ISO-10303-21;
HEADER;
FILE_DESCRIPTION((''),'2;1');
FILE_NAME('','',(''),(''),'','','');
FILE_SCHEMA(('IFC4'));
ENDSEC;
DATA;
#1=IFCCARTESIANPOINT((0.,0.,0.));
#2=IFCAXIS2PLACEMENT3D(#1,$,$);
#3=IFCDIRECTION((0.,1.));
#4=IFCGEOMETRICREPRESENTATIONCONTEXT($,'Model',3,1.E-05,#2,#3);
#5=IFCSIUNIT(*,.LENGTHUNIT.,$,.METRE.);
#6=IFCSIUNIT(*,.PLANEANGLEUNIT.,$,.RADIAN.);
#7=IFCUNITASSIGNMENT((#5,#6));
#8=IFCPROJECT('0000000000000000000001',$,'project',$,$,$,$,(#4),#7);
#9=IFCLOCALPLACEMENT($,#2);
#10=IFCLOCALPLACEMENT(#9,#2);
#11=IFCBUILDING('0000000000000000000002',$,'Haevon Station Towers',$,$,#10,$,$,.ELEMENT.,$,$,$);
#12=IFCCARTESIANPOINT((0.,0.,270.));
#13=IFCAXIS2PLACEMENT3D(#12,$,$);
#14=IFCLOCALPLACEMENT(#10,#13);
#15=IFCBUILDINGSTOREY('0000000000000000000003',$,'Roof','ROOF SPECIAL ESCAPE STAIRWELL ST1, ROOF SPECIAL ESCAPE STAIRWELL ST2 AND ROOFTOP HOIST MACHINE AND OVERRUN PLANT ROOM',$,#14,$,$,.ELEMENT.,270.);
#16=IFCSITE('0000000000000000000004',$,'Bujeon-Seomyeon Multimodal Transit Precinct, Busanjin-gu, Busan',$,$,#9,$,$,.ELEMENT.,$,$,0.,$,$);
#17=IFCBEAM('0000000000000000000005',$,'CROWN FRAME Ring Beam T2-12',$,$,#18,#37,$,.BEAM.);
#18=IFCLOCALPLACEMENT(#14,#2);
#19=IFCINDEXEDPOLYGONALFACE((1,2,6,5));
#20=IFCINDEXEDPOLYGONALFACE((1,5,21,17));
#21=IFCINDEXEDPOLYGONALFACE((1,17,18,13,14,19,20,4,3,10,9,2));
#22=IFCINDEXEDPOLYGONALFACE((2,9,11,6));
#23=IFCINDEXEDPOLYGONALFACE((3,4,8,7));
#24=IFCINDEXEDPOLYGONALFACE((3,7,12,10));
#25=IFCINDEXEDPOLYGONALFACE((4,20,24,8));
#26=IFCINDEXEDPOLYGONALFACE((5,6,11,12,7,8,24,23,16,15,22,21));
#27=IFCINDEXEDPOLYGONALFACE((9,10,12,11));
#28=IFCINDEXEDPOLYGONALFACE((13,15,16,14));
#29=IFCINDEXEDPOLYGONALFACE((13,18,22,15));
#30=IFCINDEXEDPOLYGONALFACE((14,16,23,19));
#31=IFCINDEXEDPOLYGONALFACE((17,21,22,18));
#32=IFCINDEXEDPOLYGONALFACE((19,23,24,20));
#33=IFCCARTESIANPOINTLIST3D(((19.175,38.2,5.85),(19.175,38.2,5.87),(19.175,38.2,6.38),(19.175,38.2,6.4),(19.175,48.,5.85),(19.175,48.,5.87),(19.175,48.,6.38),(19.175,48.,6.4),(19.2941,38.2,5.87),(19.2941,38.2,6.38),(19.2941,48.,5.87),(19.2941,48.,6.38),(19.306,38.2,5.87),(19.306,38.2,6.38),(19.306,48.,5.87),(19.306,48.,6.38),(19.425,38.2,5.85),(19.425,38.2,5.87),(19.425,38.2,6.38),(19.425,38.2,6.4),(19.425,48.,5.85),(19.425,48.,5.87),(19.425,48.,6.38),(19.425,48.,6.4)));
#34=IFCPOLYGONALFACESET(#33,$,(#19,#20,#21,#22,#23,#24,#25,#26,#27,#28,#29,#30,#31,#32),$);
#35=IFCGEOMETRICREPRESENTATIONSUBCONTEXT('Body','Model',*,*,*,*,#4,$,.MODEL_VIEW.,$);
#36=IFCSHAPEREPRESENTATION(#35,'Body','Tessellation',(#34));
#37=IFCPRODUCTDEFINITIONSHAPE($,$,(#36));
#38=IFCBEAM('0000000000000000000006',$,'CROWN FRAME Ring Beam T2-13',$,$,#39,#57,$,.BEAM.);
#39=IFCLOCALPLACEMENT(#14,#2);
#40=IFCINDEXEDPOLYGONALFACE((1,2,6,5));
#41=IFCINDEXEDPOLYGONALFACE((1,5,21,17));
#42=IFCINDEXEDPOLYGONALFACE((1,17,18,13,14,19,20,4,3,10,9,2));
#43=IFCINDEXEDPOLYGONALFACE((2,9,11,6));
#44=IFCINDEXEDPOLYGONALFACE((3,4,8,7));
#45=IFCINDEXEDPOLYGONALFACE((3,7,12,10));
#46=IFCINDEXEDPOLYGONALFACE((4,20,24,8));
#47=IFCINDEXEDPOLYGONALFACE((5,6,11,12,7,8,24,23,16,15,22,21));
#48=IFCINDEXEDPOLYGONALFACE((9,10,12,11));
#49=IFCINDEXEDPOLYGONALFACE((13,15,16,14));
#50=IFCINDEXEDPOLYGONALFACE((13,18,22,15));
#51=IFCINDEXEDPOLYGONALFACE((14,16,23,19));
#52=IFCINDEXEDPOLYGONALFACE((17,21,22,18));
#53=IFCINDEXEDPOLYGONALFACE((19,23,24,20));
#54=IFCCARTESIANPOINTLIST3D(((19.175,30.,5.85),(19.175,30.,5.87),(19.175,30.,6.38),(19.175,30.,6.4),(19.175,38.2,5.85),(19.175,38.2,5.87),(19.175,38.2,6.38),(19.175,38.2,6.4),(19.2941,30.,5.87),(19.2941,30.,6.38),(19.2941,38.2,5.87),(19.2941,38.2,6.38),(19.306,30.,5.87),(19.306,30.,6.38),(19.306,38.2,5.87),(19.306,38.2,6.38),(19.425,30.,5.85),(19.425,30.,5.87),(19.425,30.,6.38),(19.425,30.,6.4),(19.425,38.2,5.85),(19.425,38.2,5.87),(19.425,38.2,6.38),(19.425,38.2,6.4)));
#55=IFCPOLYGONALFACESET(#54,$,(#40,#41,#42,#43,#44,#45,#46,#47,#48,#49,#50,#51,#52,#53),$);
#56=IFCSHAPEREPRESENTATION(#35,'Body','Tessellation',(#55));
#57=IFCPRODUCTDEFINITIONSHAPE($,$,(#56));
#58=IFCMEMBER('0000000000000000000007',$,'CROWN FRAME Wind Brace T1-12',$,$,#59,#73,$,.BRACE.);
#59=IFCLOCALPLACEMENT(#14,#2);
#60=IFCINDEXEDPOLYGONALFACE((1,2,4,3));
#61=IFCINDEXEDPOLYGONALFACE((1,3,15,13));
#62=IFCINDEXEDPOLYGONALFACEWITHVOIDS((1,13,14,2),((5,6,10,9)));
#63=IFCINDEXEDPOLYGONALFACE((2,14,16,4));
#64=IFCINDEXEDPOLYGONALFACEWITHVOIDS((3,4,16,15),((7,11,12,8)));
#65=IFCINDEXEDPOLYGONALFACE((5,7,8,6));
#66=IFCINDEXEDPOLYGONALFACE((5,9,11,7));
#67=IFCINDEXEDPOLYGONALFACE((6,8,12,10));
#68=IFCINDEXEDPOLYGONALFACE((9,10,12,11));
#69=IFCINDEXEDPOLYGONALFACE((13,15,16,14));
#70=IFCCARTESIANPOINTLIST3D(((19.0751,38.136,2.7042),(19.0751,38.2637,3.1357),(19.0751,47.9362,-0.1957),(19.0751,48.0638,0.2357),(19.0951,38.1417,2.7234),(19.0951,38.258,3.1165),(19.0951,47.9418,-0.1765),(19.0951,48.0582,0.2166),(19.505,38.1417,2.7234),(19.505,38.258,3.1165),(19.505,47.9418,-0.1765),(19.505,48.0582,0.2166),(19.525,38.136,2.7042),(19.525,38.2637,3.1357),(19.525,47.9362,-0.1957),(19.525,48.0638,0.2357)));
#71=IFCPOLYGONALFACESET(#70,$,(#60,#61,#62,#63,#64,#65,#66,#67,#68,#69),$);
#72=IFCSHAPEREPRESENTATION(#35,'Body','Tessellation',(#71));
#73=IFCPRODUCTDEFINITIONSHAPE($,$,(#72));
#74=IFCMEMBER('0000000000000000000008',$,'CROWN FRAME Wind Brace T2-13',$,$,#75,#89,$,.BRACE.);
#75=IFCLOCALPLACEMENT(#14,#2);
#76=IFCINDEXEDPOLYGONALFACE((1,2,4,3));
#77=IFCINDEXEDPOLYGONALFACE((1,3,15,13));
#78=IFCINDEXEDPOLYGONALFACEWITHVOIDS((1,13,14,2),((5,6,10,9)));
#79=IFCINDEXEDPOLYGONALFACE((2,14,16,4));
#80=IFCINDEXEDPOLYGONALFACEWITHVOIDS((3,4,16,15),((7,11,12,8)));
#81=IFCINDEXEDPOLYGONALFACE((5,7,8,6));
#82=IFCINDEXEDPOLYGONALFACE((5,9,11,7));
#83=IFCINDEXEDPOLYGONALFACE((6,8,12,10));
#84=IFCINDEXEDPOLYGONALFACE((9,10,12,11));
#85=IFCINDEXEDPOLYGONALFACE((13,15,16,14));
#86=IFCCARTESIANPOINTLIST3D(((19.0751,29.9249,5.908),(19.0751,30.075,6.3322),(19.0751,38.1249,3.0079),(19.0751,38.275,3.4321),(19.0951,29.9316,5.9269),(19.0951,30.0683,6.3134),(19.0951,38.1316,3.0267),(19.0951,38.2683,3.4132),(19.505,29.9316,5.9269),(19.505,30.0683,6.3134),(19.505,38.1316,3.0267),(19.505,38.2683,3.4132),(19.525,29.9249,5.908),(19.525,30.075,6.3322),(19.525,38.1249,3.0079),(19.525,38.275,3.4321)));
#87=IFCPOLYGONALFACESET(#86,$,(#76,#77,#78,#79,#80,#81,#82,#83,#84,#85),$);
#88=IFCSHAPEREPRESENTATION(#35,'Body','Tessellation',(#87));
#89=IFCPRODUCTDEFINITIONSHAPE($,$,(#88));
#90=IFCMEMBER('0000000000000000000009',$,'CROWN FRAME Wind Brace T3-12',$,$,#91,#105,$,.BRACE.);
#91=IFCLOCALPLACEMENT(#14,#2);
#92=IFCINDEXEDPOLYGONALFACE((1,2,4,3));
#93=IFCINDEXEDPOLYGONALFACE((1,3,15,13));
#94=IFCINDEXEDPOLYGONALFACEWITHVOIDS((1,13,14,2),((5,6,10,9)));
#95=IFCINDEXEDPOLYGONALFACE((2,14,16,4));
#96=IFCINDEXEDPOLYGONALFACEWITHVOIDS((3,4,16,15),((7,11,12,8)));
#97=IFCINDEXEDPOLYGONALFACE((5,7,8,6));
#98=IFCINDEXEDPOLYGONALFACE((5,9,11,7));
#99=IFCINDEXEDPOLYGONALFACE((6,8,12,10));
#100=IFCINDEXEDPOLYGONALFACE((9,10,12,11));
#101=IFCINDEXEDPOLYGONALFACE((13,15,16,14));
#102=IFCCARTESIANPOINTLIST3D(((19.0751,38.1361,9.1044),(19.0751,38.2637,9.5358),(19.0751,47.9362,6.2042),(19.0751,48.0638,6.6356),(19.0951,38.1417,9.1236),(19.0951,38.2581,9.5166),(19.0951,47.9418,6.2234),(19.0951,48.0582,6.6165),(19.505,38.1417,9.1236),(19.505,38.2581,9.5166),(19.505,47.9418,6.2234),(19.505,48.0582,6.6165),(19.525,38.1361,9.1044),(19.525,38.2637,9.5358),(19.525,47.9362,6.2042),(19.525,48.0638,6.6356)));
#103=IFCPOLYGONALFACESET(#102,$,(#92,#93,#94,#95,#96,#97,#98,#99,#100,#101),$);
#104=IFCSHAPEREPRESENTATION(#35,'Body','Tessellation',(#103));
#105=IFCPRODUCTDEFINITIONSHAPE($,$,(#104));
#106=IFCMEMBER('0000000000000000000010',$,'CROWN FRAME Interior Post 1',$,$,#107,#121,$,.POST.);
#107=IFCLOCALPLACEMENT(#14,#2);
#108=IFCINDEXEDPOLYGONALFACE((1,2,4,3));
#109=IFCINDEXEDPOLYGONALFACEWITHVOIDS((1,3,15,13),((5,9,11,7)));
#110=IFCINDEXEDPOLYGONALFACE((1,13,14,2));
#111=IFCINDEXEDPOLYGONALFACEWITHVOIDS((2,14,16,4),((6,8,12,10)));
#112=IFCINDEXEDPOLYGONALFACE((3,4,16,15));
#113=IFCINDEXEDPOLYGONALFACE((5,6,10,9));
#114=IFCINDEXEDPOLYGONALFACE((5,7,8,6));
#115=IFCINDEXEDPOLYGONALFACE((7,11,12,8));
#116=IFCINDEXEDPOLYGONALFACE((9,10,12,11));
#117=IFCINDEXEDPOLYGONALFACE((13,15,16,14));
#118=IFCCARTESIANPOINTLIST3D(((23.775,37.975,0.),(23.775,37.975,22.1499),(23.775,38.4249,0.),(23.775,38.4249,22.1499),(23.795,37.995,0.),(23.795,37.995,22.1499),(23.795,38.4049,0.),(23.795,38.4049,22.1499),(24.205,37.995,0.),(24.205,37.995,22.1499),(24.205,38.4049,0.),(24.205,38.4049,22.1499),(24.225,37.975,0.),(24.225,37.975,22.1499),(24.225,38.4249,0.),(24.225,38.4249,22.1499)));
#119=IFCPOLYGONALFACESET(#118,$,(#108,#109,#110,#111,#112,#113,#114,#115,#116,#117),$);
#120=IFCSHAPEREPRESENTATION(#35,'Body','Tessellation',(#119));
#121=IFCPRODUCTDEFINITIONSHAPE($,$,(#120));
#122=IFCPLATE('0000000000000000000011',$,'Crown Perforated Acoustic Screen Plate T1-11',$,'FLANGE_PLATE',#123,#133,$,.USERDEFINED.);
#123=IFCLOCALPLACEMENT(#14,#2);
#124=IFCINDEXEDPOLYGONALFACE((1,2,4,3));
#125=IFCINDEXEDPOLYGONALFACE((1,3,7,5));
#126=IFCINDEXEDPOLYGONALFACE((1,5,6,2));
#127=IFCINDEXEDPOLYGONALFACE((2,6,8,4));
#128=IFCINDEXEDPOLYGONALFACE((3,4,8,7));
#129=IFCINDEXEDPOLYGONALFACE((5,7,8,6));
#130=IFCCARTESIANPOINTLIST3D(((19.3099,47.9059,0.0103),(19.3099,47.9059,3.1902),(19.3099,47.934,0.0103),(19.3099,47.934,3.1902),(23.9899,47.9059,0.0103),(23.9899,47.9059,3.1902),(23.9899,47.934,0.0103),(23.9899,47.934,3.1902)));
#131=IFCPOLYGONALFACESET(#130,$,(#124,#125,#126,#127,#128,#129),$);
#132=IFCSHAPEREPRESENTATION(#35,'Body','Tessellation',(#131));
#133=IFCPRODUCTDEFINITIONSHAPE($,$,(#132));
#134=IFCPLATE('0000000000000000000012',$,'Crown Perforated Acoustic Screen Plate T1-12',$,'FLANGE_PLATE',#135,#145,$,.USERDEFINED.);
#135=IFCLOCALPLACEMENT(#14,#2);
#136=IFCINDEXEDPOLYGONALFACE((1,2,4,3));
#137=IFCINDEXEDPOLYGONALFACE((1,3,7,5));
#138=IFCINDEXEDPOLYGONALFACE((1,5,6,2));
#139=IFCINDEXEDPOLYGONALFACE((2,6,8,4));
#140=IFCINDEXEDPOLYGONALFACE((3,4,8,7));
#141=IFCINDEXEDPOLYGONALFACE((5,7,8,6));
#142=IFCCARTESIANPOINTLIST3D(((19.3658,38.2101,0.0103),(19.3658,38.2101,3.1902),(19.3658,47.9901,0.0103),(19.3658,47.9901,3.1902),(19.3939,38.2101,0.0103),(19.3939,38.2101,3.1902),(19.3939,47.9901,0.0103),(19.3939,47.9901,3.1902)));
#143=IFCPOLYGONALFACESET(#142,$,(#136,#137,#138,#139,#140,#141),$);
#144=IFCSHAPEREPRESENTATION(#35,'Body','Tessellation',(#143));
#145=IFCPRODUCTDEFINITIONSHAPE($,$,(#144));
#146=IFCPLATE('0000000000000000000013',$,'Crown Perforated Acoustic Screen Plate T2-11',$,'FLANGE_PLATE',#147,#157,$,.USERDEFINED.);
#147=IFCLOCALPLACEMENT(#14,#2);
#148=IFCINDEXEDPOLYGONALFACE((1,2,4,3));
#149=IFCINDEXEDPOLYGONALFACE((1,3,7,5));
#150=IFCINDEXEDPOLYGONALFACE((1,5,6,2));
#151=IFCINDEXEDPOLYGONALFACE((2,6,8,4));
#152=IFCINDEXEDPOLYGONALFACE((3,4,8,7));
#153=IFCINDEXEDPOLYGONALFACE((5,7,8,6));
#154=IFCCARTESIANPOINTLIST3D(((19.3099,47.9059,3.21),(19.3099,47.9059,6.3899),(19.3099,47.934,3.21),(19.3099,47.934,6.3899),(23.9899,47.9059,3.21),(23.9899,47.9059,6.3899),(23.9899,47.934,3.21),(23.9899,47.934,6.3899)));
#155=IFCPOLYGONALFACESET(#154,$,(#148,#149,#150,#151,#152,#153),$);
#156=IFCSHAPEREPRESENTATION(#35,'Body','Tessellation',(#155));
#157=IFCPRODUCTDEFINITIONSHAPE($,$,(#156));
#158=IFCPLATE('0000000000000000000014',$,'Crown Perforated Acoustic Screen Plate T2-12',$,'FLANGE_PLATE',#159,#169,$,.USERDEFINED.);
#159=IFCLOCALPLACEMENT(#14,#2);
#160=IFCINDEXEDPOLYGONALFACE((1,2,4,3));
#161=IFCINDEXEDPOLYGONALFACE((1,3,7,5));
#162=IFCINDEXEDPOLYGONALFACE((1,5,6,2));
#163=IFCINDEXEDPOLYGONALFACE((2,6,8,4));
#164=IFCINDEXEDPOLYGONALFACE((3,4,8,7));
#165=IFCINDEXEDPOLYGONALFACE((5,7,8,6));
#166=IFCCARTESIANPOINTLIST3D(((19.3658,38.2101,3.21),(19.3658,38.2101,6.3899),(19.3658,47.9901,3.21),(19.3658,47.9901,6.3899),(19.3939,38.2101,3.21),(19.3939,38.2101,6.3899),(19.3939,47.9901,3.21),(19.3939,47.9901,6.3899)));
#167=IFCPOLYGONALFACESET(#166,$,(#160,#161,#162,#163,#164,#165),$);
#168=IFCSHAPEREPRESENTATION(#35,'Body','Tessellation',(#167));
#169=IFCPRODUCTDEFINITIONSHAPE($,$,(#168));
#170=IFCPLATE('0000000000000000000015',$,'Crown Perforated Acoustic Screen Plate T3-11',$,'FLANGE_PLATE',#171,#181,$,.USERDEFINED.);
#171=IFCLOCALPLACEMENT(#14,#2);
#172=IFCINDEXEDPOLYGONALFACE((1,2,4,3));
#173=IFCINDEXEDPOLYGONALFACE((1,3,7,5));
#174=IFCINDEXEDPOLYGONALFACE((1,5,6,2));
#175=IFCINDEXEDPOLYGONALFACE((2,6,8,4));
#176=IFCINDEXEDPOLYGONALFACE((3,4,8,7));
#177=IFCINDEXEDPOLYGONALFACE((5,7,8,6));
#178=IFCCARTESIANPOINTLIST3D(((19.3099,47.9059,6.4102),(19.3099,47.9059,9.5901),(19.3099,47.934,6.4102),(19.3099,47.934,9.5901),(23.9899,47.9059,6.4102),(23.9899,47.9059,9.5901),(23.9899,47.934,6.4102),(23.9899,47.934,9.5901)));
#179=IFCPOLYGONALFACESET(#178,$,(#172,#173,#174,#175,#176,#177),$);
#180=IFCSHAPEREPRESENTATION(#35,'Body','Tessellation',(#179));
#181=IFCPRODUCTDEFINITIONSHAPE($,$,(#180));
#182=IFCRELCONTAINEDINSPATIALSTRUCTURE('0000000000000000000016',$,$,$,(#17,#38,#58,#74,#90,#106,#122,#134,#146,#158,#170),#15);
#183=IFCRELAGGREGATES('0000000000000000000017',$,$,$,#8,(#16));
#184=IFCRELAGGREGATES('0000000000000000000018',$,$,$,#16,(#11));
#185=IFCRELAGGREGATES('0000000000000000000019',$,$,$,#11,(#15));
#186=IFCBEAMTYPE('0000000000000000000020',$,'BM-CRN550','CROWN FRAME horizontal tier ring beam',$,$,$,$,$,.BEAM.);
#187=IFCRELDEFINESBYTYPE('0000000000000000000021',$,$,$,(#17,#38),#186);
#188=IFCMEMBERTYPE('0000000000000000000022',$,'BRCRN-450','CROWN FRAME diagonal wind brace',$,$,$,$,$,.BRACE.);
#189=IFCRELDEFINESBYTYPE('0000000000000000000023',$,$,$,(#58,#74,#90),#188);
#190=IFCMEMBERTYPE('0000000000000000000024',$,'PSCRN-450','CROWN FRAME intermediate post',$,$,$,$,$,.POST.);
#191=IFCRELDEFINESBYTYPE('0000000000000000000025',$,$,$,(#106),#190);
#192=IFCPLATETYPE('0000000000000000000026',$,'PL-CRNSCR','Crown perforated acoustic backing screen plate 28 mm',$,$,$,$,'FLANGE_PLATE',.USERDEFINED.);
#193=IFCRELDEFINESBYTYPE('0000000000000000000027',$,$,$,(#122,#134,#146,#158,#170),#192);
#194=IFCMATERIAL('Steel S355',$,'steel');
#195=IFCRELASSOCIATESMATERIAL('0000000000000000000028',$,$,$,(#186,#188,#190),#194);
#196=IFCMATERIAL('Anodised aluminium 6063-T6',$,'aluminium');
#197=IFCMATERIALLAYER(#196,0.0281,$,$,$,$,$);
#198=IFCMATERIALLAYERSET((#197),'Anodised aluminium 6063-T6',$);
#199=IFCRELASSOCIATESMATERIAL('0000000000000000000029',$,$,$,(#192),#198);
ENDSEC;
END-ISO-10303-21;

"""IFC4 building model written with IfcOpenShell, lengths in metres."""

from ifc_helpers import new_model, si_unit, direction, frame, origin, origin_2d, place, context, subcontext, project, spatial, rectangle, hollow_rectangle, i_section, extrude, material, layer, layer_set, material_profile, profile_set, type_object, element, save


model = new_model("IFC4")

# Units and contexts
model_context = context("Model", 3, precision=1e-05, world=origin(), true_north=direction((0.0, 1.0)))
body_context = subcontext(model_context, "Body", "Model", "MODEL_VIEW")
ifc_project = project(units=[si_unit("LENGTHUNIT", "METRE"), si_unit("PLANEANGLEUNIT", "RADIAN")], contexts=[model_context])

# Site, building, storey
site_placement = place(None, origin())
site = spatial("IfcSite", under=ifc_project, at=site_placement, Name="Bujeon-Seomyeon Multimodal Transit Precinct, Busanjin-gu, Busan", CompositionType="ELEMENT", RefElevation=0.0)
building_placement = place(site_placement, origin())
building = spatial("IfcBuilding", under=site, at=building_placement, Name="Haevon Station Towers", CompositionType="ELEMENT")
storey_placement = place(building_placement, frame((0.0, 0.0, 270.0)))
storey = spatial("IfcBuildingStorey", under=building, at=storey_placement, Name="Roof", Description="ROOF SPECIAL ESCAPE STAIRWELL ST1, ROOF SPECIAL ESCAPE STAIRWELL ST2 AND ROOFTOP HOIST MACHINE AND OVERRUN PLANT ROOM", CompositionType="ELEMENT", Elevation=270.0)

# Shared definitions
ifc_material_1 = material(Name="Steel S355", Category="steel")

# Beams
ifc_material_profile_1 = material_profile(ifc_material_1, i_section(OverallWidth=0.25, OverallDepth=0.55, WebThickness=0.012, FlangeThickness=0.02, at=origin_2d()), Name="H-550x250x12x20")
ifc_profile_set_1 = profile_set([ifc_material_profile_1], Name="Steel S355")
beam_type = type_object("IfcBeamType", Name="BM-CRN550", Description="CROWN FRAME horizontal tier ring beam", PredefinedType="BEAM", material=ifc_profile_set_1)
beam_1_placement = place(storey_placement, frame((19.3, 48.0, 6.125), z_axis=(0.0, -1.0, 0.0), x_axis=(1.0, 0.0, 0.0)))
element("IfcBeam", 1, at=beam_1_placement, inside=storey, type_object=beam_type, Name="CROWN FRAME Ring Beam T2-12", PredefinedType="BEAM", context=body_context, shape_type="SweptSolid", body=[
    extrude(i_section(OverallWidth=0.25, OverallDepth=0.55, WebThickness=0.012, FlangeThickness=0.02, at=origin_2d()), origin(), (0.0, 0.0, 1.0), 9.8),
])
beam_2_placement = place(storey_placement, frame((19.3, 38.2, 6.125), z_axis=(0.0, -1.0, 0.0), x_axis=(1.0, 0.0, 0.0)))
element("IfcBeam", 2, at=beam_2_placement, inside=storey, type_object=beam_type, Name="CROWN FRAME Ring Beam T2-13", PredefinedType="BEAM", context=body_context, shape_type="SweptSolid", body=[
    extrude(i_section(OverallWidth=0.25, OverallDepth=0.55, WebThickness=0.012, FlangeThickness=0.02, at=origin_2d()), origin(), (0.0, 0.0, 1.0), 8.2),
])

# Members
ifc_material_profile_2 = material_profile(ifc_material_1, hollow_rectangle(XDim=0.45, YDim=0.45, WallThickness=0.02, at=origin_2d()), Name="RHS-450x450x20")
ifc_profile_set_2 = profile_set([ifc_material_profile_2], Name="Steel S355")
member_type_1 = type_object("IfcMemberType", Name="BRCRN-450", Description="CROWN FRAME diagonal wind brace", PredefinedType="BRACE", material=ifc_profile_set_2)
member_1_placement = place(storey_placement, frame((19.3, 48.0, 0.02), z_axis=(0.0, -0.9589, 0.283745), x_axis=(1.0, 0.0, 0.0)))
element("IfcMember", 3, at=member_1_placement, inside=storey, type_object=member_type_1, Name="CROWN FRAME Wind Brace T1-12", PredefinedType="BRACE", context=body_context, shape_type="SweptSolid", body=[
    extrude(hollow_rectangle(XDim=0.45, YDim=0.45, WallThickness=0.02, at=origin_2d()), origin(), (0.0, 0.0, 1.0), 10.2202),
])
member_2_placement = place(storey_placement, frame((19.3, 38.2, 3.22), z_axis=(0.0, -0.942772, 0.333438), x_axis=(1.0, 0.0, 0.0)))
element("IfcMember", 4, at=member_2_placement, inside=storey, type_object=member_type_1, Name="CROWN FRAME Wind Brace T2-13", PredefinedType="BRACE", context=body_context, shape_type="SweptSolid", body=[
    extrude(hollow_rectangle(XDim=0.45, YDim=0.45, WallThickness=0.02, at=origin_2d()), origin(), (0.0, 0.0, 1.0), 8.6978),
])
member_3_placement = place(storey_placement, frame((19.3, 48.0, 6.4199), z_axis=(0.0, -0.958893, 0.283767), x_axis=(1.0, 0.0, 0.0)))
element("IfcMember", 5, at=member_3_placement, inside=storey, type_object=member_type_1, Name="CROWN FRAME Wind Brace T3-12", PredefinedType="BRACE", context=body_context, shape_type="SweptSolid", body=[
    extrude(hollow_rectangle(XDim=0.45, YDim=0.45, WallThickness=0.02, at=origin_2d()), origin(), (0.0, 0.0, 1.0), 10.2202),
])
ifc_material_profile_3 = material_profile(ifc_material_1, hollow_rectangle(XDim=0.45, YDim=0.45, WallThickness=0.02, at=origin_2d()), Name="RHS-450x450x20")
ifc_profile_set_3 = profile_set([ifc_material_profile_3], Name="Steel S355")
member_type_2 = type_object("IfcMemberType", Name="PSCRN-450", Description="CROWN FRAME intermediate post", PredefinedType="POST", material=ifc_profile_set_3)
member_4_placement = place(storey_placement, frame((24.0, 38.2, 0.0), z_axis=(0.0, 0.0, 1.0), x_axis=(1.0, 0.0, 0.0)))
element("IfcMember", 6, at=member_4_placement, inside=storey, type_object=member_type_2, Name="CROWN FRAME Interior Post 1", PredefinedType="POST", context=body_context, shape_type="SweptSolid", body=[
    extrude(hollow_rectangle(XDim=0.45, YDim=0.45, WallThickness=0.02, at=origin_2d()), origin(), (0.0, 0.0, 1.0), 22.1499),
])

# Plates
ifc_material_2 = material(Name="Anodised aluminium 6063-T6", Category="aluminium")
ifc_layer_1 = layer(ifc_material_2, 0.0281)
ifc_layer_set_1 = layer_set([ifc_layer_1], Name="Anodised aluminium 6063-T6")
plate_type_1 = type_object("IfcPlateType", Name="PL-CRNSCR", Description="Crown perforated acoustic backing screen plate 28 mm", ElementType="FLANGE_PLATE", PredefinedType="USERDEFINED", material=ifc_layer_set_1)
plate_1_placement = place(storey_placement, frame((21.6499, 47.9199, 0.0103), z_axis=(0.0, 0.0, 1.0), x_axis=(-1.0, 0.0, 0.0)))
element("IfcPlate", 7, at=plate_1_placement, inside=storey, type_object=plate_type_1, Name="Crown Perforated Acoustic Screen Plate T1-11", ObjectType="FLANGE_PLATE", PredefinedType="USERDEFINED", context=body_context, shape_type="SweptSolid", body=[
    extrude(rectangle(XDim=4.6799, YDim=0.0281, at=origin_2d()), origin(), (0.0, 0.0, 1.0), 3.1799),
])
plate_2_placement = place(storey_placement, frame((19.3799, 43.1001, 0.0103), z_axis=(0.0, 0.0, 1.0), x_axis=(0.0, -1.0, 0.0)))
element("IfcPlate", 8, at=plate_2_placement, inside=storey, type_object=plate_type_1, Name="Crown Perforated Acoustic Screen Plate T1-12", ObjectType="FLANGE_PLATE", PredefinedType="USERDEFINED", context=body_context, shape_type="SweptSolid", body=[
    extrude(rectangle(XDim=9.78, YDim=0.0281, at=origin_2d()), origin(), (0.0, 0.0, 1.0), 3.1799),
])
plate_3_placement = place(storey_placement, frame((21.6499, 47.9199, 3.21), z_axis=(0.0, 0.0, 1.0), x_axis=(-1.0, 0.0, 0.0)))
element("IfcPlate", 9, at=plate_3_placement, inside=storey, type_object=plate_type_1, Name="Crown Perforated Acoustic Screen Plate T2-11", ObjectType="FLANGE_PLATE", PredefinedType="USERDEFINED", context=body_context, shape_type="SweptSolid", body=[
    extrude(rectangle(XDim=4.6799, YDim=0.0281, at=origin_2d()), origin(), (0.0, 0.0, 1.0), 3.1799),
])
plate_4_placement = place(storey_placement, frame((19.3799, 43.1001, 3.21), z_axis=(0.0, 0.0, 1.0), x_axis=(0.0, -1.0, 0.0)))
element("IfcPlate", 10, at=plate_4_placement, inside=storey, type_object=plate_type_1, Name="Crown Perforated Acoustic Screen Plate T2-12", ObjectType="FLANGE_PLATE", PredefinedType="USERDEFINED", context=body_context, shape_type="SweptSolid", body=[
    extrude(rectangle(XDim=9.78, YDim=0.0281, at=origin_2d()), origin(), (0.0, 0.0, 1.0), 3.1799),
])
plate_5_placement = place(storey_placement, frame((21.6499, 47.9199, 6.4102), z_axis=(0.0, 0.0, 1.0), x_axis=(-1.0, 0.0, 0.0)))
element("IfcPlate", 11, at=plate_5_placement, inside=storey, type_object=plate_type_1, Name="Crown Perforated Acoustic Screen Plate T3-11", ObjectType="FLANGE_PLATE", PredefinedType="USERDEFINED", context=body_context, shape_type="SweptSolid", body=[
    extrude(rectangle(XDim=4.6799, YDim=0.0281, at=origin_2d()), origin(), (0.0, 0.0, 1.0), 3.1799),
])

save(model, "model.ifc")
